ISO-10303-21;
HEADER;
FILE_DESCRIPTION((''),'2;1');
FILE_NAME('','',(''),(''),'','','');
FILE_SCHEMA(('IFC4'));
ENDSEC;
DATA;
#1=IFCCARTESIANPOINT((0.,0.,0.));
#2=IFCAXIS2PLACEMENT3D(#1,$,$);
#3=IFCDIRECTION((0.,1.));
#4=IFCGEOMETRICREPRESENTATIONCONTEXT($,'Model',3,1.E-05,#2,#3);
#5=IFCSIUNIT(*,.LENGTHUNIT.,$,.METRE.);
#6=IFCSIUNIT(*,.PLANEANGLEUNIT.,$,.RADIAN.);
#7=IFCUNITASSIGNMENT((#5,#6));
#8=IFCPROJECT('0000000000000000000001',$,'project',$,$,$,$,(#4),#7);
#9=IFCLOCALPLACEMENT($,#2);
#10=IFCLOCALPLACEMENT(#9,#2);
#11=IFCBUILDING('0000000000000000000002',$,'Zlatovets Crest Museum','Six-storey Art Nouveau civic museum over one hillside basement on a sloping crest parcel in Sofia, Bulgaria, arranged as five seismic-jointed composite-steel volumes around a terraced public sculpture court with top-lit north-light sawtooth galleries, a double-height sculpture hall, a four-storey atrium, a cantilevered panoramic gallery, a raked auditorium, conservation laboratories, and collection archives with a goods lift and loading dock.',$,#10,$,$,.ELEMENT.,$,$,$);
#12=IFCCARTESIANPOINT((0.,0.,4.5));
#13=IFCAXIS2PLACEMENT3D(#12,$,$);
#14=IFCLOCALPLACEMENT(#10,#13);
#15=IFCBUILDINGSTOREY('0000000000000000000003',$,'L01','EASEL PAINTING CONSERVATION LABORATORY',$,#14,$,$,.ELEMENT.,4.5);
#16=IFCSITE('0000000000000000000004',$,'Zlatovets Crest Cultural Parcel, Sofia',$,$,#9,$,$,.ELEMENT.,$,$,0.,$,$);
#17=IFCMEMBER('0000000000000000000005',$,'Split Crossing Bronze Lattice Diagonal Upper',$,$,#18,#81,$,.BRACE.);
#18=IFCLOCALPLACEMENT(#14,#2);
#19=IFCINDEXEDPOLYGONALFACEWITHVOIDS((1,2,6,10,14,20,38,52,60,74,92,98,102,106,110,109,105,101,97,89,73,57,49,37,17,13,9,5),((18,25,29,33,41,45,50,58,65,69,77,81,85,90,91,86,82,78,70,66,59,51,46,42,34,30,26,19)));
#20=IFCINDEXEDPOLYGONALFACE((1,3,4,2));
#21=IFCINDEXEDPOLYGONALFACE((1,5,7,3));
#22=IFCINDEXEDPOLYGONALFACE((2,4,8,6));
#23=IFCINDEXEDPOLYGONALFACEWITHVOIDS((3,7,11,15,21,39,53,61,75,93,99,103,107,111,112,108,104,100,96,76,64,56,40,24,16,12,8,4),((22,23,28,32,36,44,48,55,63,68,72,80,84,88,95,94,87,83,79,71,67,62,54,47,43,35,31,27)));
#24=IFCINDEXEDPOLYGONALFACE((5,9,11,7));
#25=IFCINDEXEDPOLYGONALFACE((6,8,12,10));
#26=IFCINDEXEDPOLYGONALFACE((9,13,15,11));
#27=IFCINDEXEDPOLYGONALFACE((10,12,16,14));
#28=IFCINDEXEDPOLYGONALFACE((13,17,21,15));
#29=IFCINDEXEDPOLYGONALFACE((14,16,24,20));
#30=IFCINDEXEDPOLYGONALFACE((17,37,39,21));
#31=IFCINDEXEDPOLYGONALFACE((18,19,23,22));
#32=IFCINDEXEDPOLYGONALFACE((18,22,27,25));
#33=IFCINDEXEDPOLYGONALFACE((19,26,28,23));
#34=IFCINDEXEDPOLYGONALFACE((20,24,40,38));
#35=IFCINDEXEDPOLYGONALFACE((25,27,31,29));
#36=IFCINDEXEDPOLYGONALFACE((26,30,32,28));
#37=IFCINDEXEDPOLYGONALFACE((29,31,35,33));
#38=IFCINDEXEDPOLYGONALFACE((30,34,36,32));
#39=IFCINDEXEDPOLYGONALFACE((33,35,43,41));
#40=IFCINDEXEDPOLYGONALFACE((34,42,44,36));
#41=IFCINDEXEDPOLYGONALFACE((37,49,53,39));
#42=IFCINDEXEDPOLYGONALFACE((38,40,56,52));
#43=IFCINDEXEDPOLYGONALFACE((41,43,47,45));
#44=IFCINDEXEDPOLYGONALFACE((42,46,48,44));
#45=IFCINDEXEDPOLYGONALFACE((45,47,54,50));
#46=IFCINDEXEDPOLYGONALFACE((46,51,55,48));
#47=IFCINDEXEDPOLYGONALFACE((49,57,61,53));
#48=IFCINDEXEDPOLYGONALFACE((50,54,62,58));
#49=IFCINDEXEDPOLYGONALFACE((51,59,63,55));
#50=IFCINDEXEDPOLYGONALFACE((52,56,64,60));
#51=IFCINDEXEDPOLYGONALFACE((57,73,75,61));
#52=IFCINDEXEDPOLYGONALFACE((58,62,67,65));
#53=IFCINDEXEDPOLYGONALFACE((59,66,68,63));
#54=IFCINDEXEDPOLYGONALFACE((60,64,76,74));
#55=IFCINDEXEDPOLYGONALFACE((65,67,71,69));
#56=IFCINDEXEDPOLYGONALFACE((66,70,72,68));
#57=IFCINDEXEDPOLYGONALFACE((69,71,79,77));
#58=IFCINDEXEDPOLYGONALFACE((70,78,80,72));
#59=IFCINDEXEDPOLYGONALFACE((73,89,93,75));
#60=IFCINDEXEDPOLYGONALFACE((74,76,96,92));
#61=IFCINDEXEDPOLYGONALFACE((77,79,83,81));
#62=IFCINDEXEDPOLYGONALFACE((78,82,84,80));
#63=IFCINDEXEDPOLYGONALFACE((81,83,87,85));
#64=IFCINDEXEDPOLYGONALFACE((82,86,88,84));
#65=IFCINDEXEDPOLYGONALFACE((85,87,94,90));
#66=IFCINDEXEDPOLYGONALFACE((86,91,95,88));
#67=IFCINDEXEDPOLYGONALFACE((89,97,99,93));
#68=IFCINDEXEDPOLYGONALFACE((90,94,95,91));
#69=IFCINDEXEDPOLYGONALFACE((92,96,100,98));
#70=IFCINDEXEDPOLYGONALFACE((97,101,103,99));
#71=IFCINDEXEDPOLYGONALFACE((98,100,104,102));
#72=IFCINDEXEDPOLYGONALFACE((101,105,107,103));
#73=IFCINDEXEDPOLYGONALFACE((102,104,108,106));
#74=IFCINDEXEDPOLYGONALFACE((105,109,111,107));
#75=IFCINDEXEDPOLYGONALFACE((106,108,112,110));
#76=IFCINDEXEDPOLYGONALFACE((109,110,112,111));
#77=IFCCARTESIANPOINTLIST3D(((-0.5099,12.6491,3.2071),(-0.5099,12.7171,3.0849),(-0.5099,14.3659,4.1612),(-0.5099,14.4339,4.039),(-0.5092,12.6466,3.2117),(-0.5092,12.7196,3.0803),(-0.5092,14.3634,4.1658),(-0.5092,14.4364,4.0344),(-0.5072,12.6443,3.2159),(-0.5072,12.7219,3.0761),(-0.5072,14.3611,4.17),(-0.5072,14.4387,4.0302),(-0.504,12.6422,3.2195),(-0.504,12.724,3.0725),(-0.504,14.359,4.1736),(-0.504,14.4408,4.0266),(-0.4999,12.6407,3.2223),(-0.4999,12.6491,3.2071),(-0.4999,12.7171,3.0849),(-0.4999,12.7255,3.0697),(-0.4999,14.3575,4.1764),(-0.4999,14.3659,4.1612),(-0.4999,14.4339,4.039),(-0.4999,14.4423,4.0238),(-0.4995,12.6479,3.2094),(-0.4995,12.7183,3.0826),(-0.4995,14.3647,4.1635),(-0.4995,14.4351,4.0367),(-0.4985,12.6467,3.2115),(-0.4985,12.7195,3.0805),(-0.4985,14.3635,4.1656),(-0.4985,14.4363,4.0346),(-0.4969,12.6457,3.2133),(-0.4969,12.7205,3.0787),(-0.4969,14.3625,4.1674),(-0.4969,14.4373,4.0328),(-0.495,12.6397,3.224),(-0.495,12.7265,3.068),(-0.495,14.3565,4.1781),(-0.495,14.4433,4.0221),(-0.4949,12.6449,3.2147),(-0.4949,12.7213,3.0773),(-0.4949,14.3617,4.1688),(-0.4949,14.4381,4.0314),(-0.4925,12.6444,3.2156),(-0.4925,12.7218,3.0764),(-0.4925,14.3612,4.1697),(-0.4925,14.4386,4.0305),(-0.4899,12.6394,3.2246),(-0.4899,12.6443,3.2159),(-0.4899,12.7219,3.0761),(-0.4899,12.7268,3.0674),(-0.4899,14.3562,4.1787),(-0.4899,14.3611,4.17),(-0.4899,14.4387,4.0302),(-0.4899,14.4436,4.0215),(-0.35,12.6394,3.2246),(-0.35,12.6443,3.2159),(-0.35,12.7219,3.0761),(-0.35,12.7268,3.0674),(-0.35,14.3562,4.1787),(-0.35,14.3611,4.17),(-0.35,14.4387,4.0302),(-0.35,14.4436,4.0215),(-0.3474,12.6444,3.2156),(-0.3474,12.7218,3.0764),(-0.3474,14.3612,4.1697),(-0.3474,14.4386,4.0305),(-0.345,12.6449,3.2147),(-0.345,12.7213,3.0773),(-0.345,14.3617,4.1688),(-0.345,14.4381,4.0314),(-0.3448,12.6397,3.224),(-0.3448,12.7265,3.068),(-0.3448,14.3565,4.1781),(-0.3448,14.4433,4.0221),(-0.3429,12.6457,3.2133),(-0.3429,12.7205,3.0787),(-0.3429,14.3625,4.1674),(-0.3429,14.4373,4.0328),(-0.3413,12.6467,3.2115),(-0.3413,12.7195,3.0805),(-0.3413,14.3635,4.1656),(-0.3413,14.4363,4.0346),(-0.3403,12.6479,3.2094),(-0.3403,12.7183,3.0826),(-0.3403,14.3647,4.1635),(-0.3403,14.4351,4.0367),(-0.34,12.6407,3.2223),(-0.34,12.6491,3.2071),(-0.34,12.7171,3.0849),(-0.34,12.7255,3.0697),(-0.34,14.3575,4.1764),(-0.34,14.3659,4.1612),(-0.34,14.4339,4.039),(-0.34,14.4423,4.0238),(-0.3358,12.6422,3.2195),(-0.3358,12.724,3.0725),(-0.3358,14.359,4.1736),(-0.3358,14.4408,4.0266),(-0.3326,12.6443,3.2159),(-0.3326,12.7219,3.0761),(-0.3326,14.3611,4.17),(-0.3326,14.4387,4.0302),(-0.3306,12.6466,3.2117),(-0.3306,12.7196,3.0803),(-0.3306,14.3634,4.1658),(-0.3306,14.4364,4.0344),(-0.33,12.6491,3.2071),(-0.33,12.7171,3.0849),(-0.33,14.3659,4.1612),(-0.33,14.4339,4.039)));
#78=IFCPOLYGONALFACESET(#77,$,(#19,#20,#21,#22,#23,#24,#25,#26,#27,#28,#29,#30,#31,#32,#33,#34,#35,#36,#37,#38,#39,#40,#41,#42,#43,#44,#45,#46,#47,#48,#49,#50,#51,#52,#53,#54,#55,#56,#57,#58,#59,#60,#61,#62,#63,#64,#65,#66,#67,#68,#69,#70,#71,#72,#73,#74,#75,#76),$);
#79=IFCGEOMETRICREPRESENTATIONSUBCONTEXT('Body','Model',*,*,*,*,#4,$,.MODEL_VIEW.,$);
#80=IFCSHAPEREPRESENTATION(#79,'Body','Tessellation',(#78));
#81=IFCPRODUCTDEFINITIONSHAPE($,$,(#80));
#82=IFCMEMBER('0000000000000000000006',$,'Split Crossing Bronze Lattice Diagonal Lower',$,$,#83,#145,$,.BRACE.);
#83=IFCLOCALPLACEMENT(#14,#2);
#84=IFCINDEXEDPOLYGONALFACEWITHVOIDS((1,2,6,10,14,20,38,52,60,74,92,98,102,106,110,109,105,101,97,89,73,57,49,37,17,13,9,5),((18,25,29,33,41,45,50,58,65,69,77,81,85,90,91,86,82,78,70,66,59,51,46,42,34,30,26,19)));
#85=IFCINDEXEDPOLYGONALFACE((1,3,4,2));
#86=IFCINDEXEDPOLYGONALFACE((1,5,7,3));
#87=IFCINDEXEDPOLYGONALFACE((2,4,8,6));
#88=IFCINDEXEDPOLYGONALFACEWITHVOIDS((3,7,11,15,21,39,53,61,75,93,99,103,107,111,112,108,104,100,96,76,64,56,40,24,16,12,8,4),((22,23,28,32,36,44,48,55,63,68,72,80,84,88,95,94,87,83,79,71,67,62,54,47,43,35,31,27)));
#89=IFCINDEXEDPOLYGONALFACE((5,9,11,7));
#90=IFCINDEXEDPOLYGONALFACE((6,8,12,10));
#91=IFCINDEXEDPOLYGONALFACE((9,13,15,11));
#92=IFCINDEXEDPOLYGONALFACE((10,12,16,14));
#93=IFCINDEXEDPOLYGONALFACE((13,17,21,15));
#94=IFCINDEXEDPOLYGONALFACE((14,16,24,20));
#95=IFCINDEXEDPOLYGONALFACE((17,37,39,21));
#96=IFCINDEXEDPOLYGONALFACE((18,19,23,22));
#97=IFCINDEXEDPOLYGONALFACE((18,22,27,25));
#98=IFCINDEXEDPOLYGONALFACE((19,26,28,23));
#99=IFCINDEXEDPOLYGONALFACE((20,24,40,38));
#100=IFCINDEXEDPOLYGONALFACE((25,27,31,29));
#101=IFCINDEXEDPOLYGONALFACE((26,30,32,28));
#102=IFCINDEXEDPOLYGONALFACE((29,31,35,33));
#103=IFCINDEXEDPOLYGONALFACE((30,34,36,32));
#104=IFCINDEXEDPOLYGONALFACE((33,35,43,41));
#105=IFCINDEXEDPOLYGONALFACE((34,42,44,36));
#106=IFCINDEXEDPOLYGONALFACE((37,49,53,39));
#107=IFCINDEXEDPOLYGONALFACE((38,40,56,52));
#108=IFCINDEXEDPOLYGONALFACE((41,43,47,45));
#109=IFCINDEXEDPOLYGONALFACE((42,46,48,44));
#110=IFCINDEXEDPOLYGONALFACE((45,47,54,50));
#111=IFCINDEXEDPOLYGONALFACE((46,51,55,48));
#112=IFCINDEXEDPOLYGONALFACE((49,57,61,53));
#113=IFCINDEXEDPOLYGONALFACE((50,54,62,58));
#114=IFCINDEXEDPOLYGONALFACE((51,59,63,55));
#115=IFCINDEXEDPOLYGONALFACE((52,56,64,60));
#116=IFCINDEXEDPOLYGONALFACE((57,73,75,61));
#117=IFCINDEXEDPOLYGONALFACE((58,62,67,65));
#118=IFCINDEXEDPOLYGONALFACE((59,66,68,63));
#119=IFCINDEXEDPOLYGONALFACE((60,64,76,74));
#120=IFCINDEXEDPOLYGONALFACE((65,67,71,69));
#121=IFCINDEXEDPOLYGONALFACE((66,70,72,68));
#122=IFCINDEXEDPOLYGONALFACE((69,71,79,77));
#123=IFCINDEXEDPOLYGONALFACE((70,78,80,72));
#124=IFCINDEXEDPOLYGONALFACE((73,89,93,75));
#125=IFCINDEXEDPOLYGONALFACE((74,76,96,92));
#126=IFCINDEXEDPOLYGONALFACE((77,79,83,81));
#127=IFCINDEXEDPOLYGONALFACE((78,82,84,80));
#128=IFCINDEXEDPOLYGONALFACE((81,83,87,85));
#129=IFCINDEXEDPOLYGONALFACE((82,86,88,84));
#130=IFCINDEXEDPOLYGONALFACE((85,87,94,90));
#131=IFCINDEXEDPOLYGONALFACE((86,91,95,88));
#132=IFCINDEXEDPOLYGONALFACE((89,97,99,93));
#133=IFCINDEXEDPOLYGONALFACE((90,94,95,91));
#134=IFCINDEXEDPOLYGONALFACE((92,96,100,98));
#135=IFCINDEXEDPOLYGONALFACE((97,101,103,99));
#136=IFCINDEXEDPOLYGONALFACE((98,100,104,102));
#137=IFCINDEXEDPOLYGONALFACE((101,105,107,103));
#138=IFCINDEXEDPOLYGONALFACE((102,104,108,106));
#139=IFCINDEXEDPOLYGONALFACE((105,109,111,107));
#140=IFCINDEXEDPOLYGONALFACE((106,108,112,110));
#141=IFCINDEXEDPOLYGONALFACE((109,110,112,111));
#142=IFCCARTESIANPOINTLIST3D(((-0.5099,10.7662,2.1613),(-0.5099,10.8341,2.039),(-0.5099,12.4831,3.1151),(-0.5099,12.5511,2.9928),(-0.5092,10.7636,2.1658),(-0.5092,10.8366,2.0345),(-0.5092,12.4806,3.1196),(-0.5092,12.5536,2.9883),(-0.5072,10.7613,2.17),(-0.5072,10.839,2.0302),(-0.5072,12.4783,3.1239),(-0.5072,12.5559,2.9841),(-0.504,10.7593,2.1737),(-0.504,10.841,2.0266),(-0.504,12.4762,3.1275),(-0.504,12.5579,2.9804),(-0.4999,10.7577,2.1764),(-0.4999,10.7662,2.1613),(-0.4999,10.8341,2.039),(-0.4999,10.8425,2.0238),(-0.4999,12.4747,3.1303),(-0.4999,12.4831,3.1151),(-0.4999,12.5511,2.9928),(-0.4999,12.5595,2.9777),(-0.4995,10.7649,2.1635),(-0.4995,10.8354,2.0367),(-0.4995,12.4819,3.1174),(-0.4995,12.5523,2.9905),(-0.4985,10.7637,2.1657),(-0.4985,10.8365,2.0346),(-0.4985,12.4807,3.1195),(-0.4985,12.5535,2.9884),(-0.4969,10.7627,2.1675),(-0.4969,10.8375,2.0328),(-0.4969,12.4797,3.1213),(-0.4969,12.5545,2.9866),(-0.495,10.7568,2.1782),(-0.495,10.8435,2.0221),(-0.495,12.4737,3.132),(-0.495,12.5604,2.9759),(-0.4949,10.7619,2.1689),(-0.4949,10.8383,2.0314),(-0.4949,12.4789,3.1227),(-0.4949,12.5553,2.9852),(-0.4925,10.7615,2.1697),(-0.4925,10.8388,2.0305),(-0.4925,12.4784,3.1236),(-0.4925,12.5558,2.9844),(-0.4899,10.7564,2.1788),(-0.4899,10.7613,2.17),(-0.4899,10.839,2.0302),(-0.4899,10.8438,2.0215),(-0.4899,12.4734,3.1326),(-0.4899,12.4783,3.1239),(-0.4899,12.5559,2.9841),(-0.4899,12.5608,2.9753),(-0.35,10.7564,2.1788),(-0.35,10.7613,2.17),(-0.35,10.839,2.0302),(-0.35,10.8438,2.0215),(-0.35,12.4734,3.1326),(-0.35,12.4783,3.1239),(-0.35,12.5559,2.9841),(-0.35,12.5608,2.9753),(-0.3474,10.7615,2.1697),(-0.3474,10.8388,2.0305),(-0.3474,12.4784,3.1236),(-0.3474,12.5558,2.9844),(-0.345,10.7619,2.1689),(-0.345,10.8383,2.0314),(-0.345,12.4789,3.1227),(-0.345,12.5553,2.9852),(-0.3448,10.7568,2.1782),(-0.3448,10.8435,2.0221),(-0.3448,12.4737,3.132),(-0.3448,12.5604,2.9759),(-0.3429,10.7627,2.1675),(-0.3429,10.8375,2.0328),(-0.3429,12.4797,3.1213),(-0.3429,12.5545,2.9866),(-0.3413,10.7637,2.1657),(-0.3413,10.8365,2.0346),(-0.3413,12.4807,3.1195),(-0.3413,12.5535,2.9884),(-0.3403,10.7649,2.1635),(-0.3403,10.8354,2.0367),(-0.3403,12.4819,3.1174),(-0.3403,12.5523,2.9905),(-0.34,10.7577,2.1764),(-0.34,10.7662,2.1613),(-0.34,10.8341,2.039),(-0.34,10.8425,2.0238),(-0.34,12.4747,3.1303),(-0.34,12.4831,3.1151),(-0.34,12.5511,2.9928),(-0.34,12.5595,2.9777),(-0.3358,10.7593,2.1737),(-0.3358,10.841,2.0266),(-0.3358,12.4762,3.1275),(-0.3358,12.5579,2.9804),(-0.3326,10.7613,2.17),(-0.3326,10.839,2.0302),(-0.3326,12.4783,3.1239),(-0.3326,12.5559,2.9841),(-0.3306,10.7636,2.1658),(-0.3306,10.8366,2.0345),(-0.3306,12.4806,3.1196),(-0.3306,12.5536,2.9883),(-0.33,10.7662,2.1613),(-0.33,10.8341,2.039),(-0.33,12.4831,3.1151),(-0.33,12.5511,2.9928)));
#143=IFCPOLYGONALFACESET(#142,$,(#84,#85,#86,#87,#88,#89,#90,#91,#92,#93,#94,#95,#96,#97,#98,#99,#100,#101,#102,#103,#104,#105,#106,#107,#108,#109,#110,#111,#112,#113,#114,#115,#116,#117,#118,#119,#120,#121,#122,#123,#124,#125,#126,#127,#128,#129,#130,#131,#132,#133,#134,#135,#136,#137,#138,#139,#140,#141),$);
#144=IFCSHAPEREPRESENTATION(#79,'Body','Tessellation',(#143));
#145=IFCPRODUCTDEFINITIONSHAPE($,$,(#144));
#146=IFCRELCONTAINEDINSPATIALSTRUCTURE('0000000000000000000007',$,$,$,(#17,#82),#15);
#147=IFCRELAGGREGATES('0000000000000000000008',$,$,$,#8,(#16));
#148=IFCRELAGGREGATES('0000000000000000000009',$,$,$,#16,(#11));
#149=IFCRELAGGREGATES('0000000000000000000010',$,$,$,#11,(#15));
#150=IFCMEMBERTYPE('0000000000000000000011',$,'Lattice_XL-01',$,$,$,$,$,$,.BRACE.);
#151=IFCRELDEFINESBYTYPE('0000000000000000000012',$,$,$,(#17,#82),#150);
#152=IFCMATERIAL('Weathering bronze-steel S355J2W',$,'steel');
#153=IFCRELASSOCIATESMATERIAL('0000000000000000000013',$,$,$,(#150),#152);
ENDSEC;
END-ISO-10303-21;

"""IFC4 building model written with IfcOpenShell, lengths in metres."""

from ifc_helpers import new_model, si_unit, direction, frame, origin, origin_2d, place, context, subcontext, project, spatial, hollow_rectangle, extrude, material, material_profile, profile_set, type_object, element, save


model = new_model("IFC4")

# Units and contexts
model_context = context("Model", 3, precision=1e-05, world=origin(), true_north=direction((0.0, 1.0)))
body_context = subcontext(model_context, "Body", "Model", "MODEL_VIEW")
ifc_project = project(units=[si_unit("LENGTHUNIT", "METRE"), si_unit("PLANEANGLEUNIT", "RADIAN")], contexts=[model_context])

# Site, building, storey
site_placement = place(None, origin())
site = spatial("IfcSite", under=ifc_project, at=site_placement, Name="Zlatovets Crest Cultural Parcel, Sofia", CompositionType="ELEMENT", RefElevation=0.0)
building_placement = place(site_placement, origin())
building = spatial("IfcBuilding", under=site, at=building_placement, Name="Zlatovets Crest Museum", Description="Six-storey Art Nouveau civic museum over one hillside basement on a sloping crest parcel in Sofia, Bulgaria, arranged as five seismic-jointed composite-steel volumes around a terraced public sculpture court with top-lit north-light sawtooth galleries, a double-height sculpture hall, a four-storey atrium, a cantilevered panoramic gallery, a raked auditorium, conservation laboratories, and collection archives with a goods lift and loading dock.", CompositionType="ELEMENT")
storey_placement = place(building_placement, frame((0.0, 0.0, 4.5)))
storey = spatial("IfcBuildingStorey", under=building, at=storey_placement, Name="L01", Description="EASEL PAINTING CONSERVATION LABORATORY", CompositionType="ELEMENT", Elevation=4.5)

# Members
ifc_material_1 = material(Name="Weathering bronze-steel S355J2W", Category="steel")
ifc_material_profile_1 = material_profile(ifc_material_1, hollow_rectangle(XDim=0.1799, YDim=0.1799, WallThickness=0.01, InnerFilletRadius=0.01, OuterFilletRadius=0.02, at=origin_2d()), Name="SHS 180x180x10.0")
ifc_profile_set_1 = profile_set([ifc_material_profile_1], Name="Weathering bronze-steel S355J2W")
member_type_1 = type_object("IfcMemberType", Name="Lattice_XL-01", PredefinedType="BRACE", material=ifc_profile_set_1)
for number, where, z_axis, x_axis, name in (
    (1, (-0.4199, 14.3999, 4.1001), (0.0, -0.874087, -0.48577), (1.0, 0.0, 0.0), "Split Crossing Bronze Lattice Diagonal Upper"),
    (2, (-0.4199, 12.5171, 3.054), (0.0, -0.874169, -0.485622), (1.0, 0.0, 0.0), "Split Crossing Bronze Lattice Diagonal Lower"),
):
    element("IfcMember", number, at=place(storey_placement, frame(where, z_axis=z_axis, x_axis=x_axis)), inside=storey, type_object=member_type_1, Name=name, PredefinedType="BRACE", context=body_context, shape_type="SweptSolid", body=[
        extrude(hollow_rectangle(XDim=0.1799, YDim=0.1799, WallThickness=0.01, InnerFilletRadius=0.01, OuterFilletRadius=0.02, at=origin_2d()), origin(), (0.0, 0.0, 1.0), 1.9641),
    ])

save(model, "model.ifc")
